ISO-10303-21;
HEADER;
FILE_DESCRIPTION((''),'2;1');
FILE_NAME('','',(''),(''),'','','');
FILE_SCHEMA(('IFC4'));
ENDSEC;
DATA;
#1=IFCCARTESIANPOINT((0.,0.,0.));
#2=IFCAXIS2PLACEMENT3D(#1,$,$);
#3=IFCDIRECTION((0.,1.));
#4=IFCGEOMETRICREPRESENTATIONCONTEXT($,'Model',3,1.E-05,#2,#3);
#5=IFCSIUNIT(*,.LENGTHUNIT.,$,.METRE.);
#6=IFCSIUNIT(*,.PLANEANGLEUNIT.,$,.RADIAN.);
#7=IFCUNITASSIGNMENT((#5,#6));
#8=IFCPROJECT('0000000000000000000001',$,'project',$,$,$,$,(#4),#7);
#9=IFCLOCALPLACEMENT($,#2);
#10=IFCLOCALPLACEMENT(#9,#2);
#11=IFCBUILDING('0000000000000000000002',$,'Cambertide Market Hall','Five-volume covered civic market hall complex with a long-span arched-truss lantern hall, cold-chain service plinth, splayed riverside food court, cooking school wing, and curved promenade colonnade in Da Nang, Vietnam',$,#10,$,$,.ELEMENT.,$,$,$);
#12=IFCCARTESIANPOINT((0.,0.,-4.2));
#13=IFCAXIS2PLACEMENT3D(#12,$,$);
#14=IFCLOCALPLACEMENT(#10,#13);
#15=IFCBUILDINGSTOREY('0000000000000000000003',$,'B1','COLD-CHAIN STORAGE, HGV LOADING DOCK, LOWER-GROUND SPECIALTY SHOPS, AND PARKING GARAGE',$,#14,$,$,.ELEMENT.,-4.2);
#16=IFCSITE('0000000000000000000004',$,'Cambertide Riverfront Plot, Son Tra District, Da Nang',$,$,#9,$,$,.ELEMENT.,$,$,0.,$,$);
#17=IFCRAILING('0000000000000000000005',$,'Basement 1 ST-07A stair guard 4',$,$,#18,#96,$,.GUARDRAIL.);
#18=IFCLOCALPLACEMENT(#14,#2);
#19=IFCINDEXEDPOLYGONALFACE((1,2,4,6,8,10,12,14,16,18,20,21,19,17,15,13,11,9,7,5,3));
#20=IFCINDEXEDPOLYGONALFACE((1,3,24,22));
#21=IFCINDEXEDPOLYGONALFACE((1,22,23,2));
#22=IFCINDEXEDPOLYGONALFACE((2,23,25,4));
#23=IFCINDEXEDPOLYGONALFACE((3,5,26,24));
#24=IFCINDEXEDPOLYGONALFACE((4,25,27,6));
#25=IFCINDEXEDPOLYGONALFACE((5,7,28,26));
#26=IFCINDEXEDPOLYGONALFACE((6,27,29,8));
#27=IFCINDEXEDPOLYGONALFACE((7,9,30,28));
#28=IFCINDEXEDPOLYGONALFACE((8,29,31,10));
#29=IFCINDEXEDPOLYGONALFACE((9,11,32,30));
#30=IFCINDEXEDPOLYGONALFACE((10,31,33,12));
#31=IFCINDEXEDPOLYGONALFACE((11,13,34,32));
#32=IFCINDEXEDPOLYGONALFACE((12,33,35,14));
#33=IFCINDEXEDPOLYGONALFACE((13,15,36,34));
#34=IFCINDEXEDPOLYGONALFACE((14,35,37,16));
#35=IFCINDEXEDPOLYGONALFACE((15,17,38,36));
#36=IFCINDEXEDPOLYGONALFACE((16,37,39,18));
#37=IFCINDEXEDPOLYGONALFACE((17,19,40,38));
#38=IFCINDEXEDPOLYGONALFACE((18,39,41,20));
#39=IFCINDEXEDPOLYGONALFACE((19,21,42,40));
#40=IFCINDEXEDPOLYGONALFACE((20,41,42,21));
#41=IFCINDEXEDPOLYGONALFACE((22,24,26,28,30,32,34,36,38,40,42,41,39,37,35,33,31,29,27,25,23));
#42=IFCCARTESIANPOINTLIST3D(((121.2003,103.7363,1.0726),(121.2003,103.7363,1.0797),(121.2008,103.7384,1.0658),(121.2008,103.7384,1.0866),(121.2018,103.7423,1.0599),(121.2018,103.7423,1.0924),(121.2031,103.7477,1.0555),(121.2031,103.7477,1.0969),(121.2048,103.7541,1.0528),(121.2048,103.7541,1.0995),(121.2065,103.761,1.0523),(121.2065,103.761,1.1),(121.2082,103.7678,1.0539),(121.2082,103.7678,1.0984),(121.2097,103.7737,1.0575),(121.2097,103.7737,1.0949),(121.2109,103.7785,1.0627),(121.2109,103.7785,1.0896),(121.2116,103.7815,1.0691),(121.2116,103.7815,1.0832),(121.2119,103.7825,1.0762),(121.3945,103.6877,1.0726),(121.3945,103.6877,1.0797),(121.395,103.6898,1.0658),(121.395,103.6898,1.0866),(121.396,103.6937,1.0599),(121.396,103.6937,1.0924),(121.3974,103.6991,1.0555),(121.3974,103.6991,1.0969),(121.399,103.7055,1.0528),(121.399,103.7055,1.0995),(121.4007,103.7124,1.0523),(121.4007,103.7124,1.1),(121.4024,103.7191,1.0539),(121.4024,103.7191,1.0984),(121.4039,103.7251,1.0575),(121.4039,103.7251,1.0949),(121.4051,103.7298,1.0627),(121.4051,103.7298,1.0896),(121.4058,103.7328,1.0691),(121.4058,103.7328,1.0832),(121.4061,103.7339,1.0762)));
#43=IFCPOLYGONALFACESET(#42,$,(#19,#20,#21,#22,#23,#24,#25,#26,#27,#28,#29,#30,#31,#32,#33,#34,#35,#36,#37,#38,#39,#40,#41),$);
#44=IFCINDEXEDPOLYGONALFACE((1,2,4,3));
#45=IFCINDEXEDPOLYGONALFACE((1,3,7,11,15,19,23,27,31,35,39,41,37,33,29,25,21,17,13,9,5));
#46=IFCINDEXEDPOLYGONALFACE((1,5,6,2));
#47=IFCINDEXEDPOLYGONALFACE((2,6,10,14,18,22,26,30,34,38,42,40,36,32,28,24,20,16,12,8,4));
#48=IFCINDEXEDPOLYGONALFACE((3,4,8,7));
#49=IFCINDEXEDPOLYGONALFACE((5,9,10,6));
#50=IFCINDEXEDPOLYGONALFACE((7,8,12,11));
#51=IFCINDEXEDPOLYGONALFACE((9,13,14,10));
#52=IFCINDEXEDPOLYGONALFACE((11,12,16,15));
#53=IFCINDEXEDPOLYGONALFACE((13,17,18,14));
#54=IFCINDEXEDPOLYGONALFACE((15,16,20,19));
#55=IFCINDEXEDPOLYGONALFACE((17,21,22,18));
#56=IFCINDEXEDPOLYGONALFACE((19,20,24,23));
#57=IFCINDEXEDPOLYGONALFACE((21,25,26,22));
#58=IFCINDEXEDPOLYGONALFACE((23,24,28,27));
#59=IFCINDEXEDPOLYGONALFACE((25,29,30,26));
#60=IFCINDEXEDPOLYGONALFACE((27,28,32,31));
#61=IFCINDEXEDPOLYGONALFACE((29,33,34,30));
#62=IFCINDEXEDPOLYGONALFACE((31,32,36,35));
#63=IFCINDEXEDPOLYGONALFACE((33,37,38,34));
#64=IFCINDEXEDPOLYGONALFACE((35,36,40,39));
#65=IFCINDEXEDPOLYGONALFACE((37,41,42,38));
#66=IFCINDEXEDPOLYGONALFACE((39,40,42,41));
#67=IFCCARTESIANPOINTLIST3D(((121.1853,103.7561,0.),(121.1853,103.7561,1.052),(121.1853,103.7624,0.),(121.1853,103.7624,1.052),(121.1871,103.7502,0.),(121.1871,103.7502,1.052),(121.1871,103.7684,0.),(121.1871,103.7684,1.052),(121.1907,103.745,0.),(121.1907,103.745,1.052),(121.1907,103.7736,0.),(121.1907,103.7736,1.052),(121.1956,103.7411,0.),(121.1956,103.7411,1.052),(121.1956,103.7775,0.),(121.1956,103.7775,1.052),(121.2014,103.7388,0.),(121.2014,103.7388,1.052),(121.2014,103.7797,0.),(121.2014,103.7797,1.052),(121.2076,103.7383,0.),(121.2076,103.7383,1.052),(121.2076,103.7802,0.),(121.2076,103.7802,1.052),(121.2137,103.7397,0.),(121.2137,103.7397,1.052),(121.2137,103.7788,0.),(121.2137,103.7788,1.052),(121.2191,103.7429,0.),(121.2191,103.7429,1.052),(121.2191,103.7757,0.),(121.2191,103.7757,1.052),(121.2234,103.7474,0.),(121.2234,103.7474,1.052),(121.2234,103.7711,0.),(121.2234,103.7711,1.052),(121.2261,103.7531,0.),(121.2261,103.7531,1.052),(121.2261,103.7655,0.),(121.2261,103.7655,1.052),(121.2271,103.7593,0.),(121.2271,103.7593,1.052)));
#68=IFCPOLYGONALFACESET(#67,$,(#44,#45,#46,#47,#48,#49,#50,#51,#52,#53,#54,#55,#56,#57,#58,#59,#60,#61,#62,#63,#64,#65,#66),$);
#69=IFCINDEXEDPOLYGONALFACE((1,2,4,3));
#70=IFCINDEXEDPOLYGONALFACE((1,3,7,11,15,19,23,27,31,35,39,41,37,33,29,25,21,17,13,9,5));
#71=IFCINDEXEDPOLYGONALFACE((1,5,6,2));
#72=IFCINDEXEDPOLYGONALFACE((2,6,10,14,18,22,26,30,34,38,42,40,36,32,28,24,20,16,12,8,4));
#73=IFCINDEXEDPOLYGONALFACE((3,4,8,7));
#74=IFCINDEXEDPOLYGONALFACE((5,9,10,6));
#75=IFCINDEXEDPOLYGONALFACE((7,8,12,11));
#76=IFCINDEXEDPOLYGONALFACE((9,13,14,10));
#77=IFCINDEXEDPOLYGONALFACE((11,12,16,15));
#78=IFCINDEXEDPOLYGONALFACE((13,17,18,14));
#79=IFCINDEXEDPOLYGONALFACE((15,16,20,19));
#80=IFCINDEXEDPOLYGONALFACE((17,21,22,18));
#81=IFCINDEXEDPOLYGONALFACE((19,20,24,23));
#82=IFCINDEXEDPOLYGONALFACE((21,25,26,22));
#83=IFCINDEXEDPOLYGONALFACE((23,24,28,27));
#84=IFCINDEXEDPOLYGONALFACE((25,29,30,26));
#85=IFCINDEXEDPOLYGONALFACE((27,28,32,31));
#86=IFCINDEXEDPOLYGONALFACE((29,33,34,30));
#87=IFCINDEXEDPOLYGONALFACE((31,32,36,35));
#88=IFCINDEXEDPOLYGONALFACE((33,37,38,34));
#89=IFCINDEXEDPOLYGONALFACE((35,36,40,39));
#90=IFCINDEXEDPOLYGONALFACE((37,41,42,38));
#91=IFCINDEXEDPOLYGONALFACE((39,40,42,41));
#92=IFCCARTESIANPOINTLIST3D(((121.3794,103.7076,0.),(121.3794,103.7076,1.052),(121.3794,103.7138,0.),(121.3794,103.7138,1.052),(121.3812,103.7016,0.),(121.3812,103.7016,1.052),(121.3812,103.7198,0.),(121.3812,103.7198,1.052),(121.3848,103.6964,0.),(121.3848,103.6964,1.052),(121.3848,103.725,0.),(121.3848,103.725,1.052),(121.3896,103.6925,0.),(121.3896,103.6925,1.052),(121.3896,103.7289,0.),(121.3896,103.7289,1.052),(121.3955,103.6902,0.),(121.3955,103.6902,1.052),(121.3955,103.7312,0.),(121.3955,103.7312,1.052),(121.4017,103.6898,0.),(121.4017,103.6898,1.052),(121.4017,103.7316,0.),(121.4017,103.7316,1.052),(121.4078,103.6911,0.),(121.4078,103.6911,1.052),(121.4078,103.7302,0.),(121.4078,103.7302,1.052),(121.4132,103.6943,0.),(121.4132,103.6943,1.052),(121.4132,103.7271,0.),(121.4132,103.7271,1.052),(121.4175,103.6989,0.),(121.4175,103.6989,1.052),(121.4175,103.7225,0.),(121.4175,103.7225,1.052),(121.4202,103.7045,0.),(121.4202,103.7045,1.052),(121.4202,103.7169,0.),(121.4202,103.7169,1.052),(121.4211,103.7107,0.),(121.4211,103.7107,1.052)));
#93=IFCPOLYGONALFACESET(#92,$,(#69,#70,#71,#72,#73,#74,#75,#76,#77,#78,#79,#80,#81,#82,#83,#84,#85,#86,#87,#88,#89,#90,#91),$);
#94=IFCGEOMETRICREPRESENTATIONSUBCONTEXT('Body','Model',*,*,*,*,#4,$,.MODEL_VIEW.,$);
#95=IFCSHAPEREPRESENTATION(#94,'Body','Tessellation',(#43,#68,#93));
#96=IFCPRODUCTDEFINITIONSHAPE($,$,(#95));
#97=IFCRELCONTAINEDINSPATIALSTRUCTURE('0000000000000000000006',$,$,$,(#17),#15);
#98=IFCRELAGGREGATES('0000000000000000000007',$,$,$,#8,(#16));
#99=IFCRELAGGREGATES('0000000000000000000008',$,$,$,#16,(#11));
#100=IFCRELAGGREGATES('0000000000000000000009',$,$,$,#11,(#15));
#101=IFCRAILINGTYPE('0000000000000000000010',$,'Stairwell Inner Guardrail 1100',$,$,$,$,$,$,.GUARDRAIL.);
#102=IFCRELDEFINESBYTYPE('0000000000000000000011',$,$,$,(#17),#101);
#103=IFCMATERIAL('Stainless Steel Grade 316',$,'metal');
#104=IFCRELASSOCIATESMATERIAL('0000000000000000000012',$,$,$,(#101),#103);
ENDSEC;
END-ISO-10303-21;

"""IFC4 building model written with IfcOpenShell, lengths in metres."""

from ifc_helpers import new_model, si_unit, direction, frame, origin, origin_2d, place, context, subcontext, project, spatial, circle, extrude, material, type_object, element, save


model = new_model("IFC4")

# Units and contexts
model_context = context("Model", 3, precision=1e-05, world=origin(), true_north=direction((0.0, 1.0)))
body_context = subcontext(model_context, "Body", "Model", "MODEL_VIEW")
ifc_project = project(units=[si_unit("LENGTHUNIT", "METRE"), si_unit("PLANEANGLEUNIT", "RADIAN")], contexts=[model_context])

# Site, building, storey
site_placement = place(None, origin())
site = spatial("IfcSite", under=ifc_project, at=site_placement, Name="Cambertide Riverfront Plot, Son Tra District, Da Nang", CompositionType="ELEMENT", RefElevation=0.0)
building_placement = place(site_placement, origin())
building = spatial("IfcBuilding", under=site, at=building_placement, Name="Cambertide Market Hall", Description="Five-volume covered civic market hall complex with a long-span arched-truss lantern hall, cold-chain service plinth, splayed riverside food court, cooking school wing, and curved promenade colonnade in Da Nang, Vietnam", CompositionType="ELEMENT")
storey_placement = place(building_placement, frame((0.0, 0.0, -4.2)))
storey = spatial("IfcBuildingStorey", under=building, at=storey_placement, Name="B1", Description="COLD-CHAIN STORAGE, HGV LOADING DOCK, LOWER-GROUND SPECIALTY SHOPS, AND PARKING GARAGE", CompositionType="ELEMENT", Elevation=-4.2)

# Railing
ifc_material_1 = material(Name="Stainless Steel Grade 316", Category="metal")
railing_type_1 = type_object("IfcRailingType", Name="Stairwell Inner Guardrail 1100", PredefinedType="GUARDRAIL", material=ifc_material_1)
railing_1_placement = place(storey_placement, frame((121.2061, 103.7593, 0.0)))
element("IfcRailing", 1, at=railing_1_placement, inside=storey, type_object=railing_type_1, Name="Basement 1 ST-07A stair guard 4", PredefinedType="GUARDRAIL", context=body_context, shape_type="SweptSolid", body=[
    extrude(circle(Radius=0.0239, at=origin_2d()), frame((0.0, 0.0, 1.0762), z_axis=(0.970071, -0.242823, 0.0), x_axis=(0.242823, 0.970071, 0.0)), (0.0, 0.0, 1.0), 0.2002),
    extrude(circle(Radius=0.021, at=origin_2d()), origin(), (0.0, 0.0, 1.0), 1.052),
    extrude(circle(Radius=0.021, at=origin_2d()), frame((0.1941, -0.0486, 0.0)), (0.0, 0.0, 1.0), 1.052),
])

save(model, "model.ifc")
